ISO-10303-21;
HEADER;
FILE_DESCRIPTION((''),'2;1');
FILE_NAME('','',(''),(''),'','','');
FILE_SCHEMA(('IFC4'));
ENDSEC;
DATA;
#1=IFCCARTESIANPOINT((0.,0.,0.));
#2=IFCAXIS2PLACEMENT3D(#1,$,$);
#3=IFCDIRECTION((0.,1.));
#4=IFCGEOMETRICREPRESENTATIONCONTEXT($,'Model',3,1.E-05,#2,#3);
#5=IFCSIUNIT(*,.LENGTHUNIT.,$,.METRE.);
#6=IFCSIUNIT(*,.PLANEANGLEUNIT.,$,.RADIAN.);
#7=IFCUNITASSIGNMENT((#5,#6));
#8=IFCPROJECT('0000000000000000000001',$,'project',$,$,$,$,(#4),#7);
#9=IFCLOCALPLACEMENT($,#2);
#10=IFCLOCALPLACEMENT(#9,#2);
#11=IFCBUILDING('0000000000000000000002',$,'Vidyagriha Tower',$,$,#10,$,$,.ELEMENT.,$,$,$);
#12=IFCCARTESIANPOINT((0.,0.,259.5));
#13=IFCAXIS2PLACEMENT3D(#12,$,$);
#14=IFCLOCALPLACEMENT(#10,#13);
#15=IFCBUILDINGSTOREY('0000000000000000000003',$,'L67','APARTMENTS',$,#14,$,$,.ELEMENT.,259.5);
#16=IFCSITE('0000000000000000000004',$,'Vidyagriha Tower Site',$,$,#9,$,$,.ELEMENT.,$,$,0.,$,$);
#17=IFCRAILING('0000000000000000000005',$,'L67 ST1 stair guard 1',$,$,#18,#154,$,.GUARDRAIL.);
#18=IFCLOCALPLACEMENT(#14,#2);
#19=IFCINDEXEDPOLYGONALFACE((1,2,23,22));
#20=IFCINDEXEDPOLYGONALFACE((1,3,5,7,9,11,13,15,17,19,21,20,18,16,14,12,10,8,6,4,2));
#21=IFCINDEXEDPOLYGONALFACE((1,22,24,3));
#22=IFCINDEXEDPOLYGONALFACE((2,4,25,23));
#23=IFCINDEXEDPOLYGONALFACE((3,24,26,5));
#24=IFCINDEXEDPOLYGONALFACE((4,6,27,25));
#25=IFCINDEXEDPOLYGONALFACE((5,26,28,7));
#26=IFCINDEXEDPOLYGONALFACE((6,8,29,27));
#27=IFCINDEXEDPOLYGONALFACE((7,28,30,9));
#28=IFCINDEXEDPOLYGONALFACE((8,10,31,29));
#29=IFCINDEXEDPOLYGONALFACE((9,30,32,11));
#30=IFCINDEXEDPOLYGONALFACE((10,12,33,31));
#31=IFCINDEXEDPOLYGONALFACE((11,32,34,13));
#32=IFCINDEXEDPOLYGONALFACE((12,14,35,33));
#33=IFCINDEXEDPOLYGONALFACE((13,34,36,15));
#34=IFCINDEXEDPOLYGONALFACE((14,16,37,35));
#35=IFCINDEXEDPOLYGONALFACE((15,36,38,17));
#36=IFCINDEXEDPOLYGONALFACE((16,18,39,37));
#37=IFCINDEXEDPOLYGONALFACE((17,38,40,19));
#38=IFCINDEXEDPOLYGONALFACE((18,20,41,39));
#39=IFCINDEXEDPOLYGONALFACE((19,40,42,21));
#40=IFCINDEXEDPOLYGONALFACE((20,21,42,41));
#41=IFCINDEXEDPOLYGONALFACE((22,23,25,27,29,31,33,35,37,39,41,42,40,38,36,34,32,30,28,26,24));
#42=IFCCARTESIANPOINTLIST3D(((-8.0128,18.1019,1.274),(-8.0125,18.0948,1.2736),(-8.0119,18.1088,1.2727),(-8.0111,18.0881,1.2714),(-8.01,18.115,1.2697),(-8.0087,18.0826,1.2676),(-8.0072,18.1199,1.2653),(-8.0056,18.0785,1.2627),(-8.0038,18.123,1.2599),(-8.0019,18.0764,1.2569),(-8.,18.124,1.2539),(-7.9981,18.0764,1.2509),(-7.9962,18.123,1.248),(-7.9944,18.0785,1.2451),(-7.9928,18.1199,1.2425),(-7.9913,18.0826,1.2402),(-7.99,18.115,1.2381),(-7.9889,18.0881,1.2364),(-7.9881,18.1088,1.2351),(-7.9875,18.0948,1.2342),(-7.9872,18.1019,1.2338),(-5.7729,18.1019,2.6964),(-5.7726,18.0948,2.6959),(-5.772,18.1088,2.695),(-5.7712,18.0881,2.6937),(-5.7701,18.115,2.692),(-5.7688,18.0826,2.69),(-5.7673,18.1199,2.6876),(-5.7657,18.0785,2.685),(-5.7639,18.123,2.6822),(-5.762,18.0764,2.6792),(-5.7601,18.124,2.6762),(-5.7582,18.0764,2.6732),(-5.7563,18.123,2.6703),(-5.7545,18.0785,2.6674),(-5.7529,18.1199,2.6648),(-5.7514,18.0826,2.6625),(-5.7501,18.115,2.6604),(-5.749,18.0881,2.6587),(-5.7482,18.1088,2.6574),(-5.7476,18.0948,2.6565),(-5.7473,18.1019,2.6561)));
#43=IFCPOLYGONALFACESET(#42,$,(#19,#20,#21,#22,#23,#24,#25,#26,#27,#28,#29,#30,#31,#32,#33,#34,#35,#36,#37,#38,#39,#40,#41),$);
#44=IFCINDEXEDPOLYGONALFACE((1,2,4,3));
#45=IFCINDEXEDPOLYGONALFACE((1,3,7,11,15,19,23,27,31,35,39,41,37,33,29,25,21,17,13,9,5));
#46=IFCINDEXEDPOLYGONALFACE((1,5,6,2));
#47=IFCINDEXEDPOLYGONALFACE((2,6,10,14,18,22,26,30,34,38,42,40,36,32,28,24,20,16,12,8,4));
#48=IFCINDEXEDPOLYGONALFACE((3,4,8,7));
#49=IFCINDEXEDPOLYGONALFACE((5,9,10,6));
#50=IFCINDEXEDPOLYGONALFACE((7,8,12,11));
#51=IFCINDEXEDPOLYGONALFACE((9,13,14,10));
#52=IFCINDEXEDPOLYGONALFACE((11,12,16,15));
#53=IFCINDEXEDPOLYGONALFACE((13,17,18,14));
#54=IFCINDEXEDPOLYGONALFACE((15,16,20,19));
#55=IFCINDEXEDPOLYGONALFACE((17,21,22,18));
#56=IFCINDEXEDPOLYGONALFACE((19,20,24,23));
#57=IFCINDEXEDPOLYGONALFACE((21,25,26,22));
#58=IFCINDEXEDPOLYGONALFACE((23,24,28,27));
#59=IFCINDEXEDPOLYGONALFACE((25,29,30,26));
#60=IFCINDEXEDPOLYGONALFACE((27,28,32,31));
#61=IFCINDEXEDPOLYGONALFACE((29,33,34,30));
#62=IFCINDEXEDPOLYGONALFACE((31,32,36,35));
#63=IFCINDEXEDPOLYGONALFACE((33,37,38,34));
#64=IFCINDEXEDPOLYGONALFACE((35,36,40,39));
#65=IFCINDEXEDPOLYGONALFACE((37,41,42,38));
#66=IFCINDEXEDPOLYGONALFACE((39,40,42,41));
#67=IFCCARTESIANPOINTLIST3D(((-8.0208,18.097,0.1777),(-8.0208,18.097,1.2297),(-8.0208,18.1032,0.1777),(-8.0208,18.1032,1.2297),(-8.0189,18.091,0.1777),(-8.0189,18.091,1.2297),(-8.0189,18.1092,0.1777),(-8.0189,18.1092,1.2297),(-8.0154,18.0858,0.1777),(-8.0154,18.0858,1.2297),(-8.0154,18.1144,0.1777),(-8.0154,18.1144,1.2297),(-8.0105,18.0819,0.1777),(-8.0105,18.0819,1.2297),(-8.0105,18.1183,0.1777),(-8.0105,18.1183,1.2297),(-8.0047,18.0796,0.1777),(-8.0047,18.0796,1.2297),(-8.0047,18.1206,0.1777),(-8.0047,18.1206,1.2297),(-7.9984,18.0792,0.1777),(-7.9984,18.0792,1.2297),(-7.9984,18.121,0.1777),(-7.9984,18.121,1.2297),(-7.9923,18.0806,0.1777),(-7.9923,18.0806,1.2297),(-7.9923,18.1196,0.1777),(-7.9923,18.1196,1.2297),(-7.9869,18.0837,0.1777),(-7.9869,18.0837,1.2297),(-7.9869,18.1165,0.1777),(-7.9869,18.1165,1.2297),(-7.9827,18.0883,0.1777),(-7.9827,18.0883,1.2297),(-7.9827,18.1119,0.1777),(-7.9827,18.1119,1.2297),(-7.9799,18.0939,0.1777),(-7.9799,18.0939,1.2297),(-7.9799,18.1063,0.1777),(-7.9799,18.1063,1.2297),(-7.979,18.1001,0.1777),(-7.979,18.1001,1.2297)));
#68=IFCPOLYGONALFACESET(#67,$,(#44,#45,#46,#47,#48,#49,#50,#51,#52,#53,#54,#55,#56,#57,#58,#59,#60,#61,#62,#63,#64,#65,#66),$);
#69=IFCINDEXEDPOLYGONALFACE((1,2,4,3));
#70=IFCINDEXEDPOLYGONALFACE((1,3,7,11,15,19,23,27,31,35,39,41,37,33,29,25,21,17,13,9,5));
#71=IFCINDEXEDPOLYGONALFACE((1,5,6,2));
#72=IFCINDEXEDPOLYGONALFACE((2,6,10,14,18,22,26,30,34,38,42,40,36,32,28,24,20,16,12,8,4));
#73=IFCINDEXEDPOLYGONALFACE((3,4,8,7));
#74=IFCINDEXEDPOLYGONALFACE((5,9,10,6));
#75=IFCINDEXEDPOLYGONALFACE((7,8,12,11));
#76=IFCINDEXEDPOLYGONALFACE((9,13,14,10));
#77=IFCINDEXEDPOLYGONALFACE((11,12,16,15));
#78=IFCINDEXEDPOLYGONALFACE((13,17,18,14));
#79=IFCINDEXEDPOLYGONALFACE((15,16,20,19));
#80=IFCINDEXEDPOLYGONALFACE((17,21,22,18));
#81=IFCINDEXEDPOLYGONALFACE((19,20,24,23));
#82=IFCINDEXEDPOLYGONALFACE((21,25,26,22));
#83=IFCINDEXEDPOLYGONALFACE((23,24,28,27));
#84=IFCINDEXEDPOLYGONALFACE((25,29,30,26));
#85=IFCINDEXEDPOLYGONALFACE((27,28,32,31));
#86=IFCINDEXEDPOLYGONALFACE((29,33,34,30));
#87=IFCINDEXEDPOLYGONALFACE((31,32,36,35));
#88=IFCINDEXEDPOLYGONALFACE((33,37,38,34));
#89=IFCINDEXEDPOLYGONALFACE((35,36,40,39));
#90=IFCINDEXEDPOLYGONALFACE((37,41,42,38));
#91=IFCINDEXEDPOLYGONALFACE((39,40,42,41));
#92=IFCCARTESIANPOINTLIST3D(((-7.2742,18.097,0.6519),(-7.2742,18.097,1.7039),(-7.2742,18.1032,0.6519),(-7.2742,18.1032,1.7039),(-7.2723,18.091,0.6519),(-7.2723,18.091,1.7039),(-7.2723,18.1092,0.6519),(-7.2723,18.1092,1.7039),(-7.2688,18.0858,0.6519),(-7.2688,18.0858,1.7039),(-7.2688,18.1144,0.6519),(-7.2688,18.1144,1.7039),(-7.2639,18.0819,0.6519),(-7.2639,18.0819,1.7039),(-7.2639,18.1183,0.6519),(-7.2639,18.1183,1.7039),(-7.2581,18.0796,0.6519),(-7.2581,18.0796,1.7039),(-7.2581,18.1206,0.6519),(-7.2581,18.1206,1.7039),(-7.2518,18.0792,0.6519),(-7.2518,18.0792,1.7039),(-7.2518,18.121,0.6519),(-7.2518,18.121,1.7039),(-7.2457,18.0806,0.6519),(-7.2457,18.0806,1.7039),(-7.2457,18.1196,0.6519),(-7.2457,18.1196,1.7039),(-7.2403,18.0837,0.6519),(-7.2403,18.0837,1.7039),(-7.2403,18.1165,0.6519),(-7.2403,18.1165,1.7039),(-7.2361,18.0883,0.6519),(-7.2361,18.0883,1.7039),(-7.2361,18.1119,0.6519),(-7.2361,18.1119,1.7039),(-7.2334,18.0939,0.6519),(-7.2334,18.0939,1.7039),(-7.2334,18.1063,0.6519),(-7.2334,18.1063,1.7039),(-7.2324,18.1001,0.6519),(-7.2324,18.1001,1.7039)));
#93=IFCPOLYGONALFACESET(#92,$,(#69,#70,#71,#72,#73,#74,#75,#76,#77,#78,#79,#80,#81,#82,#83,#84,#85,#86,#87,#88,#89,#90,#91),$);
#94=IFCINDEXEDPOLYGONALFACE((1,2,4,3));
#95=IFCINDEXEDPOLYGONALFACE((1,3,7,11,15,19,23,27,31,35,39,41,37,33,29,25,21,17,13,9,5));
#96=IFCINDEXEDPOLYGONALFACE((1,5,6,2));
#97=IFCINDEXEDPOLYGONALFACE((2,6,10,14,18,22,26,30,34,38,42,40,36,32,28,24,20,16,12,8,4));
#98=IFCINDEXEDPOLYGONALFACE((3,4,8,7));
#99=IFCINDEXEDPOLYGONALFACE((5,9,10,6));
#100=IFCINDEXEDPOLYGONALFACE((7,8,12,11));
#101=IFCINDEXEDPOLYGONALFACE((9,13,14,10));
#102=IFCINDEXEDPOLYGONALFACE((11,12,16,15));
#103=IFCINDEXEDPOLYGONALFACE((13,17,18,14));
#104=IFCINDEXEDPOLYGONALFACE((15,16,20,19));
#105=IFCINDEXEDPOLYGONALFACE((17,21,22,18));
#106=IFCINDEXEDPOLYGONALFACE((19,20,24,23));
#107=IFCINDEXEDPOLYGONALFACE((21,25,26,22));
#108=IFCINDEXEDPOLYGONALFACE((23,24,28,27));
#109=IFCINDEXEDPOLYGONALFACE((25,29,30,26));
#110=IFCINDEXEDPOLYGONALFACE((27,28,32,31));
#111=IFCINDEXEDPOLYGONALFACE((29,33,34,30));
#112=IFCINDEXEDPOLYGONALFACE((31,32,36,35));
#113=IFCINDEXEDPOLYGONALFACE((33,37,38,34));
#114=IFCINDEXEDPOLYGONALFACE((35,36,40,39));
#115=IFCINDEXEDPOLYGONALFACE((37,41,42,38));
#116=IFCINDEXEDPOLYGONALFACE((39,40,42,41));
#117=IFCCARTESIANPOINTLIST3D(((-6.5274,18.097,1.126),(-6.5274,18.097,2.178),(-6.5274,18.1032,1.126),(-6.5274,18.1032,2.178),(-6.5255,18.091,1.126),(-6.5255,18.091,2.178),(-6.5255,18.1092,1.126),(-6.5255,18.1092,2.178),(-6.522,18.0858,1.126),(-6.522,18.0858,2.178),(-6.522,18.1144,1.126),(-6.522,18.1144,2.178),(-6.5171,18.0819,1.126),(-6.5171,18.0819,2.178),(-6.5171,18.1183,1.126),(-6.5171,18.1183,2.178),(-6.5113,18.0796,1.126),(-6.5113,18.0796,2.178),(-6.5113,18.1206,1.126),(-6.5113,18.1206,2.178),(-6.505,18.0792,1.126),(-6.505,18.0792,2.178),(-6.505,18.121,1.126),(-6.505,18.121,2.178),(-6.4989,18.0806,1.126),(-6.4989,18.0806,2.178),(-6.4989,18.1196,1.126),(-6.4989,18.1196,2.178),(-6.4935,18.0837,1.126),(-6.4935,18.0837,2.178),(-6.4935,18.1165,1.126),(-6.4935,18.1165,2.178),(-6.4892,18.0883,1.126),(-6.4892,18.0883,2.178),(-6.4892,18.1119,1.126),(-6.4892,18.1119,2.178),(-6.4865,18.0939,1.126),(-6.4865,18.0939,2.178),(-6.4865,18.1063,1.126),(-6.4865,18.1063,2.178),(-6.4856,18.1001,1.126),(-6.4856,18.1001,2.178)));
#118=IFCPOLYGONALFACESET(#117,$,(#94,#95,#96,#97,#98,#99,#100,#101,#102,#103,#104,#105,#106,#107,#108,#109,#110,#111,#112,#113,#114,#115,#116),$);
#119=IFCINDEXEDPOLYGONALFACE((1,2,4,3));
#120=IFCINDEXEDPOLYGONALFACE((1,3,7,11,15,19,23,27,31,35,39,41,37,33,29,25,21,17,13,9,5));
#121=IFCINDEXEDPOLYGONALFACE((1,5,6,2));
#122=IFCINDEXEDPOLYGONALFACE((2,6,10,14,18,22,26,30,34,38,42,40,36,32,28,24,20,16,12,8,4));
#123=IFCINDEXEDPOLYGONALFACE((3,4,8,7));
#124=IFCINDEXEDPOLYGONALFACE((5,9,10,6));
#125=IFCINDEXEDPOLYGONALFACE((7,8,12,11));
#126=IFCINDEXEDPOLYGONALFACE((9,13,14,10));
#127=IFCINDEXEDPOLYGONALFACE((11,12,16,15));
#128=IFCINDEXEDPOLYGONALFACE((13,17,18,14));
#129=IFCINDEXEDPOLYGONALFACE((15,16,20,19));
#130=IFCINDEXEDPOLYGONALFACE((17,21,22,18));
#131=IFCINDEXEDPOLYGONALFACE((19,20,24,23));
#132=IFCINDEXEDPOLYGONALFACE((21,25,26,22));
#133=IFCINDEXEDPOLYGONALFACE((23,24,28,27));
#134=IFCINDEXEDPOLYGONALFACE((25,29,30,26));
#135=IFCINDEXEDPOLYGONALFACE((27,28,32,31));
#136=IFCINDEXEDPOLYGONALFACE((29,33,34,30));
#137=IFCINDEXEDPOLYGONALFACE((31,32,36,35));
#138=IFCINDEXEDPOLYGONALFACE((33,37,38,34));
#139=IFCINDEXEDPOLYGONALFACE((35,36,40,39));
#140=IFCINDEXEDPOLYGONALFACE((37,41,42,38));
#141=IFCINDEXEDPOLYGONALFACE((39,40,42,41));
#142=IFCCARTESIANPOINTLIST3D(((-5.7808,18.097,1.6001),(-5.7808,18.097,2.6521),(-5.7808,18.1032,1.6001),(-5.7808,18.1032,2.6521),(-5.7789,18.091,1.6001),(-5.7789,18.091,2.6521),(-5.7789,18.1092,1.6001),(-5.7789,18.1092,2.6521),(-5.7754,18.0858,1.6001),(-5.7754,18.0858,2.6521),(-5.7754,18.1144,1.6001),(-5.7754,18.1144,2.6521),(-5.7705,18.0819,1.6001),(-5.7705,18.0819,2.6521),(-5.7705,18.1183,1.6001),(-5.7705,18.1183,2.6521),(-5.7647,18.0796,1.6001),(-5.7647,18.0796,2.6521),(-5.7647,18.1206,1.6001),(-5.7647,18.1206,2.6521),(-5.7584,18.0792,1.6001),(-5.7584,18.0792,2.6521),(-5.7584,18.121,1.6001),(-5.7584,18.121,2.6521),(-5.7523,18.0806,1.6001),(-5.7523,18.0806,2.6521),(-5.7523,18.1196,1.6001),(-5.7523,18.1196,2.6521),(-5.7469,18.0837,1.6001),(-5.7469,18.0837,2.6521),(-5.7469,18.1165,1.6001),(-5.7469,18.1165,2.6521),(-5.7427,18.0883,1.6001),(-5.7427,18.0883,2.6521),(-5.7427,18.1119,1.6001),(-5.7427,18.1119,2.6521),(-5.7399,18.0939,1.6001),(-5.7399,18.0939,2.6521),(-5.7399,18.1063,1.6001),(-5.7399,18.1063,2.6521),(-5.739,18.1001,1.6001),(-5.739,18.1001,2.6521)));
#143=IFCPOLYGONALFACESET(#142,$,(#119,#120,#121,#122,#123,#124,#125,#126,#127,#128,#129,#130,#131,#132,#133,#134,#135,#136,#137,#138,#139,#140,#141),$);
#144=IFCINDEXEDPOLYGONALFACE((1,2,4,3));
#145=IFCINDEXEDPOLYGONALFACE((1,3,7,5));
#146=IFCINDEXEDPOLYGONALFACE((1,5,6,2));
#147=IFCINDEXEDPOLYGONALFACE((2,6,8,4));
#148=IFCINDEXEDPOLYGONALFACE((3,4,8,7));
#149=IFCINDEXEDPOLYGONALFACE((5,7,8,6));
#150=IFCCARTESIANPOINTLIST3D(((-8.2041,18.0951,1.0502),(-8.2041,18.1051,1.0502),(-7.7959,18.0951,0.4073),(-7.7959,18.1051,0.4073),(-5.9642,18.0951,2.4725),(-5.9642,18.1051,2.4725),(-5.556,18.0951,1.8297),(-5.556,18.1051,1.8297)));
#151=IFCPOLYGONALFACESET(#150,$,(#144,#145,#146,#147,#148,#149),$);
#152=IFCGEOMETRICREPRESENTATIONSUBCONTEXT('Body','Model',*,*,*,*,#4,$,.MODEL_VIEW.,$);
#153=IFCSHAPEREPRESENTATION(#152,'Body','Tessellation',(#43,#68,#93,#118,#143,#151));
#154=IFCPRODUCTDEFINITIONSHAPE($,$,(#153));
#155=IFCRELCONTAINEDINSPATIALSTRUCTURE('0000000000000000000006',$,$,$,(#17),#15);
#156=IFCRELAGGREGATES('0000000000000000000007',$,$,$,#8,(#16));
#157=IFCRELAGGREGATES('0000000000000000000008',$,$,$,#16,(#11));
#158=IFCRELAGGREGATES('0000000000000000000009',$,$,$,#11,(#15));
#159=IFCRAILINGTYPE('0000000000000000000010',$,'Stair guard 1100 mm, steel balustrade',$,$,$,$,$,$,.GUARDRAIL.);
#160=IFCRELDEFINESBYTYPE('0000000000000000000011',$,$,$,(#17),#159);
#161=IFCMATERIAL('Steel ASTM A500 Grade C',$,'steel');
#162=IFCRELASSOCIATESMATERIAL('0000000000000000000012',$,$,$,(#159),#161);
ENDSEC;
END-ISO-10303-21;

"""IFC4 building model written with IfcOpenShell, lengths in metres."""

from ifc_helpers import new_model, si_unit, direction, frame, origin, origin_2d, place, context, subcontext, project, spatial, rectangle, circle, extrude, material, type_object, element, save


model = new_model("IFC4")

# Units and contexts
model_context = context("Model", 3, precision=1e-05, world=origin(), true_north=direction((0.0, 1.0)))
body_context = subcontext(model_context, "Body", "Model", "MODEL_VIEW")
ifc_project = project(units=[si_unit("LENGTHUNIT", "METRE"), si_unit("PLANEANGLEUNIT", "RADIAN")], contexts=[model_context])

# Site, building, storey
site_placement = place(None, origin())
site = spatial("IfcSite", under=ifc_project, at=site_placement, Name="Vidyagriha Tower Site", CompositionType="ELEMENT", RefElevation=0.0)
building_placement = place(site_placement, origin())
building = spatial("IfcBuilding", under=site, at=building_placement, Name="Vidyagriha Tower", CompositionType="ELEMENT")
storey_placement = place(building_placement, frame((0.0, 0.0, 259.5)))
storey = spatial("IfcBuildingStorey", under=building, at=storey_placement, Name="L67", Description="APARTMENTS", CompositionType="ELEMENT", Elevation=259.5)

# Railing
ifc_material_1 = material(Name="Steel ASTM A500 Grade C", Category="steel")
railing_type_1 = type_object("IfcRailingType", Name="Stair guard 1100 mm, steel balustrade", PredefinedType="GUARDRAIL", material=ifc_material_1)
railing_1_placement = place(storey_placement, frame((-8.0, 18.1001, 0.1777)))
element("IfcRailing", 1, at=railing_1_placement, inside=storey, type_object=railing_type_1, Name="L67 ST1 stair guard 1", PredefinedType="GUARDRAIL", context=body_context, shape_type="SweptSolid", body=[
    extrude(circle(Radius=0.0239, at=origin_2d()), frame((0.0, 0.0, 1.0762), z_axis=(0.844188, 0.0, 0.536048), x_axis=(0.0, 1.0, 0.0)), (0.0, 0.0, 1.0), 2.6533),
    extrude(circle(Radius=0.021, at=origin_2d()), origin(), (0.0, 0.0, 1.0), 1.052),
    extrude(circle(Radius=0.021, at=origin_2d()), frame((0.7466, 0.0, 0.4741)), (0.0, 0.0, 1.0), 1.052),
    extrude(circle(Radius=0.021, at=origin_2d()), frame((1.4934, 0.0, 0.9482)), (0.0, 0.0, 1.0), 1.052),
    extrude(circle(Radius=0.021, at=origin_2d()), frame((2.24, 0.0, 1.4224)), (0.0, 0.0, 1.0), 1.052),
    extrude(rectangle(XDim=0.01, YDim=0.7615, at=origin_2d()), frame((0.0, 0.0, 0.551), z_axis=(0.844188, 0.0, 0.536048), x_axis=(0.0, 1.0, 0.0)), (0.0, 0.0, 1.0), 2.6533),
])

save(model, "model.ifc")
